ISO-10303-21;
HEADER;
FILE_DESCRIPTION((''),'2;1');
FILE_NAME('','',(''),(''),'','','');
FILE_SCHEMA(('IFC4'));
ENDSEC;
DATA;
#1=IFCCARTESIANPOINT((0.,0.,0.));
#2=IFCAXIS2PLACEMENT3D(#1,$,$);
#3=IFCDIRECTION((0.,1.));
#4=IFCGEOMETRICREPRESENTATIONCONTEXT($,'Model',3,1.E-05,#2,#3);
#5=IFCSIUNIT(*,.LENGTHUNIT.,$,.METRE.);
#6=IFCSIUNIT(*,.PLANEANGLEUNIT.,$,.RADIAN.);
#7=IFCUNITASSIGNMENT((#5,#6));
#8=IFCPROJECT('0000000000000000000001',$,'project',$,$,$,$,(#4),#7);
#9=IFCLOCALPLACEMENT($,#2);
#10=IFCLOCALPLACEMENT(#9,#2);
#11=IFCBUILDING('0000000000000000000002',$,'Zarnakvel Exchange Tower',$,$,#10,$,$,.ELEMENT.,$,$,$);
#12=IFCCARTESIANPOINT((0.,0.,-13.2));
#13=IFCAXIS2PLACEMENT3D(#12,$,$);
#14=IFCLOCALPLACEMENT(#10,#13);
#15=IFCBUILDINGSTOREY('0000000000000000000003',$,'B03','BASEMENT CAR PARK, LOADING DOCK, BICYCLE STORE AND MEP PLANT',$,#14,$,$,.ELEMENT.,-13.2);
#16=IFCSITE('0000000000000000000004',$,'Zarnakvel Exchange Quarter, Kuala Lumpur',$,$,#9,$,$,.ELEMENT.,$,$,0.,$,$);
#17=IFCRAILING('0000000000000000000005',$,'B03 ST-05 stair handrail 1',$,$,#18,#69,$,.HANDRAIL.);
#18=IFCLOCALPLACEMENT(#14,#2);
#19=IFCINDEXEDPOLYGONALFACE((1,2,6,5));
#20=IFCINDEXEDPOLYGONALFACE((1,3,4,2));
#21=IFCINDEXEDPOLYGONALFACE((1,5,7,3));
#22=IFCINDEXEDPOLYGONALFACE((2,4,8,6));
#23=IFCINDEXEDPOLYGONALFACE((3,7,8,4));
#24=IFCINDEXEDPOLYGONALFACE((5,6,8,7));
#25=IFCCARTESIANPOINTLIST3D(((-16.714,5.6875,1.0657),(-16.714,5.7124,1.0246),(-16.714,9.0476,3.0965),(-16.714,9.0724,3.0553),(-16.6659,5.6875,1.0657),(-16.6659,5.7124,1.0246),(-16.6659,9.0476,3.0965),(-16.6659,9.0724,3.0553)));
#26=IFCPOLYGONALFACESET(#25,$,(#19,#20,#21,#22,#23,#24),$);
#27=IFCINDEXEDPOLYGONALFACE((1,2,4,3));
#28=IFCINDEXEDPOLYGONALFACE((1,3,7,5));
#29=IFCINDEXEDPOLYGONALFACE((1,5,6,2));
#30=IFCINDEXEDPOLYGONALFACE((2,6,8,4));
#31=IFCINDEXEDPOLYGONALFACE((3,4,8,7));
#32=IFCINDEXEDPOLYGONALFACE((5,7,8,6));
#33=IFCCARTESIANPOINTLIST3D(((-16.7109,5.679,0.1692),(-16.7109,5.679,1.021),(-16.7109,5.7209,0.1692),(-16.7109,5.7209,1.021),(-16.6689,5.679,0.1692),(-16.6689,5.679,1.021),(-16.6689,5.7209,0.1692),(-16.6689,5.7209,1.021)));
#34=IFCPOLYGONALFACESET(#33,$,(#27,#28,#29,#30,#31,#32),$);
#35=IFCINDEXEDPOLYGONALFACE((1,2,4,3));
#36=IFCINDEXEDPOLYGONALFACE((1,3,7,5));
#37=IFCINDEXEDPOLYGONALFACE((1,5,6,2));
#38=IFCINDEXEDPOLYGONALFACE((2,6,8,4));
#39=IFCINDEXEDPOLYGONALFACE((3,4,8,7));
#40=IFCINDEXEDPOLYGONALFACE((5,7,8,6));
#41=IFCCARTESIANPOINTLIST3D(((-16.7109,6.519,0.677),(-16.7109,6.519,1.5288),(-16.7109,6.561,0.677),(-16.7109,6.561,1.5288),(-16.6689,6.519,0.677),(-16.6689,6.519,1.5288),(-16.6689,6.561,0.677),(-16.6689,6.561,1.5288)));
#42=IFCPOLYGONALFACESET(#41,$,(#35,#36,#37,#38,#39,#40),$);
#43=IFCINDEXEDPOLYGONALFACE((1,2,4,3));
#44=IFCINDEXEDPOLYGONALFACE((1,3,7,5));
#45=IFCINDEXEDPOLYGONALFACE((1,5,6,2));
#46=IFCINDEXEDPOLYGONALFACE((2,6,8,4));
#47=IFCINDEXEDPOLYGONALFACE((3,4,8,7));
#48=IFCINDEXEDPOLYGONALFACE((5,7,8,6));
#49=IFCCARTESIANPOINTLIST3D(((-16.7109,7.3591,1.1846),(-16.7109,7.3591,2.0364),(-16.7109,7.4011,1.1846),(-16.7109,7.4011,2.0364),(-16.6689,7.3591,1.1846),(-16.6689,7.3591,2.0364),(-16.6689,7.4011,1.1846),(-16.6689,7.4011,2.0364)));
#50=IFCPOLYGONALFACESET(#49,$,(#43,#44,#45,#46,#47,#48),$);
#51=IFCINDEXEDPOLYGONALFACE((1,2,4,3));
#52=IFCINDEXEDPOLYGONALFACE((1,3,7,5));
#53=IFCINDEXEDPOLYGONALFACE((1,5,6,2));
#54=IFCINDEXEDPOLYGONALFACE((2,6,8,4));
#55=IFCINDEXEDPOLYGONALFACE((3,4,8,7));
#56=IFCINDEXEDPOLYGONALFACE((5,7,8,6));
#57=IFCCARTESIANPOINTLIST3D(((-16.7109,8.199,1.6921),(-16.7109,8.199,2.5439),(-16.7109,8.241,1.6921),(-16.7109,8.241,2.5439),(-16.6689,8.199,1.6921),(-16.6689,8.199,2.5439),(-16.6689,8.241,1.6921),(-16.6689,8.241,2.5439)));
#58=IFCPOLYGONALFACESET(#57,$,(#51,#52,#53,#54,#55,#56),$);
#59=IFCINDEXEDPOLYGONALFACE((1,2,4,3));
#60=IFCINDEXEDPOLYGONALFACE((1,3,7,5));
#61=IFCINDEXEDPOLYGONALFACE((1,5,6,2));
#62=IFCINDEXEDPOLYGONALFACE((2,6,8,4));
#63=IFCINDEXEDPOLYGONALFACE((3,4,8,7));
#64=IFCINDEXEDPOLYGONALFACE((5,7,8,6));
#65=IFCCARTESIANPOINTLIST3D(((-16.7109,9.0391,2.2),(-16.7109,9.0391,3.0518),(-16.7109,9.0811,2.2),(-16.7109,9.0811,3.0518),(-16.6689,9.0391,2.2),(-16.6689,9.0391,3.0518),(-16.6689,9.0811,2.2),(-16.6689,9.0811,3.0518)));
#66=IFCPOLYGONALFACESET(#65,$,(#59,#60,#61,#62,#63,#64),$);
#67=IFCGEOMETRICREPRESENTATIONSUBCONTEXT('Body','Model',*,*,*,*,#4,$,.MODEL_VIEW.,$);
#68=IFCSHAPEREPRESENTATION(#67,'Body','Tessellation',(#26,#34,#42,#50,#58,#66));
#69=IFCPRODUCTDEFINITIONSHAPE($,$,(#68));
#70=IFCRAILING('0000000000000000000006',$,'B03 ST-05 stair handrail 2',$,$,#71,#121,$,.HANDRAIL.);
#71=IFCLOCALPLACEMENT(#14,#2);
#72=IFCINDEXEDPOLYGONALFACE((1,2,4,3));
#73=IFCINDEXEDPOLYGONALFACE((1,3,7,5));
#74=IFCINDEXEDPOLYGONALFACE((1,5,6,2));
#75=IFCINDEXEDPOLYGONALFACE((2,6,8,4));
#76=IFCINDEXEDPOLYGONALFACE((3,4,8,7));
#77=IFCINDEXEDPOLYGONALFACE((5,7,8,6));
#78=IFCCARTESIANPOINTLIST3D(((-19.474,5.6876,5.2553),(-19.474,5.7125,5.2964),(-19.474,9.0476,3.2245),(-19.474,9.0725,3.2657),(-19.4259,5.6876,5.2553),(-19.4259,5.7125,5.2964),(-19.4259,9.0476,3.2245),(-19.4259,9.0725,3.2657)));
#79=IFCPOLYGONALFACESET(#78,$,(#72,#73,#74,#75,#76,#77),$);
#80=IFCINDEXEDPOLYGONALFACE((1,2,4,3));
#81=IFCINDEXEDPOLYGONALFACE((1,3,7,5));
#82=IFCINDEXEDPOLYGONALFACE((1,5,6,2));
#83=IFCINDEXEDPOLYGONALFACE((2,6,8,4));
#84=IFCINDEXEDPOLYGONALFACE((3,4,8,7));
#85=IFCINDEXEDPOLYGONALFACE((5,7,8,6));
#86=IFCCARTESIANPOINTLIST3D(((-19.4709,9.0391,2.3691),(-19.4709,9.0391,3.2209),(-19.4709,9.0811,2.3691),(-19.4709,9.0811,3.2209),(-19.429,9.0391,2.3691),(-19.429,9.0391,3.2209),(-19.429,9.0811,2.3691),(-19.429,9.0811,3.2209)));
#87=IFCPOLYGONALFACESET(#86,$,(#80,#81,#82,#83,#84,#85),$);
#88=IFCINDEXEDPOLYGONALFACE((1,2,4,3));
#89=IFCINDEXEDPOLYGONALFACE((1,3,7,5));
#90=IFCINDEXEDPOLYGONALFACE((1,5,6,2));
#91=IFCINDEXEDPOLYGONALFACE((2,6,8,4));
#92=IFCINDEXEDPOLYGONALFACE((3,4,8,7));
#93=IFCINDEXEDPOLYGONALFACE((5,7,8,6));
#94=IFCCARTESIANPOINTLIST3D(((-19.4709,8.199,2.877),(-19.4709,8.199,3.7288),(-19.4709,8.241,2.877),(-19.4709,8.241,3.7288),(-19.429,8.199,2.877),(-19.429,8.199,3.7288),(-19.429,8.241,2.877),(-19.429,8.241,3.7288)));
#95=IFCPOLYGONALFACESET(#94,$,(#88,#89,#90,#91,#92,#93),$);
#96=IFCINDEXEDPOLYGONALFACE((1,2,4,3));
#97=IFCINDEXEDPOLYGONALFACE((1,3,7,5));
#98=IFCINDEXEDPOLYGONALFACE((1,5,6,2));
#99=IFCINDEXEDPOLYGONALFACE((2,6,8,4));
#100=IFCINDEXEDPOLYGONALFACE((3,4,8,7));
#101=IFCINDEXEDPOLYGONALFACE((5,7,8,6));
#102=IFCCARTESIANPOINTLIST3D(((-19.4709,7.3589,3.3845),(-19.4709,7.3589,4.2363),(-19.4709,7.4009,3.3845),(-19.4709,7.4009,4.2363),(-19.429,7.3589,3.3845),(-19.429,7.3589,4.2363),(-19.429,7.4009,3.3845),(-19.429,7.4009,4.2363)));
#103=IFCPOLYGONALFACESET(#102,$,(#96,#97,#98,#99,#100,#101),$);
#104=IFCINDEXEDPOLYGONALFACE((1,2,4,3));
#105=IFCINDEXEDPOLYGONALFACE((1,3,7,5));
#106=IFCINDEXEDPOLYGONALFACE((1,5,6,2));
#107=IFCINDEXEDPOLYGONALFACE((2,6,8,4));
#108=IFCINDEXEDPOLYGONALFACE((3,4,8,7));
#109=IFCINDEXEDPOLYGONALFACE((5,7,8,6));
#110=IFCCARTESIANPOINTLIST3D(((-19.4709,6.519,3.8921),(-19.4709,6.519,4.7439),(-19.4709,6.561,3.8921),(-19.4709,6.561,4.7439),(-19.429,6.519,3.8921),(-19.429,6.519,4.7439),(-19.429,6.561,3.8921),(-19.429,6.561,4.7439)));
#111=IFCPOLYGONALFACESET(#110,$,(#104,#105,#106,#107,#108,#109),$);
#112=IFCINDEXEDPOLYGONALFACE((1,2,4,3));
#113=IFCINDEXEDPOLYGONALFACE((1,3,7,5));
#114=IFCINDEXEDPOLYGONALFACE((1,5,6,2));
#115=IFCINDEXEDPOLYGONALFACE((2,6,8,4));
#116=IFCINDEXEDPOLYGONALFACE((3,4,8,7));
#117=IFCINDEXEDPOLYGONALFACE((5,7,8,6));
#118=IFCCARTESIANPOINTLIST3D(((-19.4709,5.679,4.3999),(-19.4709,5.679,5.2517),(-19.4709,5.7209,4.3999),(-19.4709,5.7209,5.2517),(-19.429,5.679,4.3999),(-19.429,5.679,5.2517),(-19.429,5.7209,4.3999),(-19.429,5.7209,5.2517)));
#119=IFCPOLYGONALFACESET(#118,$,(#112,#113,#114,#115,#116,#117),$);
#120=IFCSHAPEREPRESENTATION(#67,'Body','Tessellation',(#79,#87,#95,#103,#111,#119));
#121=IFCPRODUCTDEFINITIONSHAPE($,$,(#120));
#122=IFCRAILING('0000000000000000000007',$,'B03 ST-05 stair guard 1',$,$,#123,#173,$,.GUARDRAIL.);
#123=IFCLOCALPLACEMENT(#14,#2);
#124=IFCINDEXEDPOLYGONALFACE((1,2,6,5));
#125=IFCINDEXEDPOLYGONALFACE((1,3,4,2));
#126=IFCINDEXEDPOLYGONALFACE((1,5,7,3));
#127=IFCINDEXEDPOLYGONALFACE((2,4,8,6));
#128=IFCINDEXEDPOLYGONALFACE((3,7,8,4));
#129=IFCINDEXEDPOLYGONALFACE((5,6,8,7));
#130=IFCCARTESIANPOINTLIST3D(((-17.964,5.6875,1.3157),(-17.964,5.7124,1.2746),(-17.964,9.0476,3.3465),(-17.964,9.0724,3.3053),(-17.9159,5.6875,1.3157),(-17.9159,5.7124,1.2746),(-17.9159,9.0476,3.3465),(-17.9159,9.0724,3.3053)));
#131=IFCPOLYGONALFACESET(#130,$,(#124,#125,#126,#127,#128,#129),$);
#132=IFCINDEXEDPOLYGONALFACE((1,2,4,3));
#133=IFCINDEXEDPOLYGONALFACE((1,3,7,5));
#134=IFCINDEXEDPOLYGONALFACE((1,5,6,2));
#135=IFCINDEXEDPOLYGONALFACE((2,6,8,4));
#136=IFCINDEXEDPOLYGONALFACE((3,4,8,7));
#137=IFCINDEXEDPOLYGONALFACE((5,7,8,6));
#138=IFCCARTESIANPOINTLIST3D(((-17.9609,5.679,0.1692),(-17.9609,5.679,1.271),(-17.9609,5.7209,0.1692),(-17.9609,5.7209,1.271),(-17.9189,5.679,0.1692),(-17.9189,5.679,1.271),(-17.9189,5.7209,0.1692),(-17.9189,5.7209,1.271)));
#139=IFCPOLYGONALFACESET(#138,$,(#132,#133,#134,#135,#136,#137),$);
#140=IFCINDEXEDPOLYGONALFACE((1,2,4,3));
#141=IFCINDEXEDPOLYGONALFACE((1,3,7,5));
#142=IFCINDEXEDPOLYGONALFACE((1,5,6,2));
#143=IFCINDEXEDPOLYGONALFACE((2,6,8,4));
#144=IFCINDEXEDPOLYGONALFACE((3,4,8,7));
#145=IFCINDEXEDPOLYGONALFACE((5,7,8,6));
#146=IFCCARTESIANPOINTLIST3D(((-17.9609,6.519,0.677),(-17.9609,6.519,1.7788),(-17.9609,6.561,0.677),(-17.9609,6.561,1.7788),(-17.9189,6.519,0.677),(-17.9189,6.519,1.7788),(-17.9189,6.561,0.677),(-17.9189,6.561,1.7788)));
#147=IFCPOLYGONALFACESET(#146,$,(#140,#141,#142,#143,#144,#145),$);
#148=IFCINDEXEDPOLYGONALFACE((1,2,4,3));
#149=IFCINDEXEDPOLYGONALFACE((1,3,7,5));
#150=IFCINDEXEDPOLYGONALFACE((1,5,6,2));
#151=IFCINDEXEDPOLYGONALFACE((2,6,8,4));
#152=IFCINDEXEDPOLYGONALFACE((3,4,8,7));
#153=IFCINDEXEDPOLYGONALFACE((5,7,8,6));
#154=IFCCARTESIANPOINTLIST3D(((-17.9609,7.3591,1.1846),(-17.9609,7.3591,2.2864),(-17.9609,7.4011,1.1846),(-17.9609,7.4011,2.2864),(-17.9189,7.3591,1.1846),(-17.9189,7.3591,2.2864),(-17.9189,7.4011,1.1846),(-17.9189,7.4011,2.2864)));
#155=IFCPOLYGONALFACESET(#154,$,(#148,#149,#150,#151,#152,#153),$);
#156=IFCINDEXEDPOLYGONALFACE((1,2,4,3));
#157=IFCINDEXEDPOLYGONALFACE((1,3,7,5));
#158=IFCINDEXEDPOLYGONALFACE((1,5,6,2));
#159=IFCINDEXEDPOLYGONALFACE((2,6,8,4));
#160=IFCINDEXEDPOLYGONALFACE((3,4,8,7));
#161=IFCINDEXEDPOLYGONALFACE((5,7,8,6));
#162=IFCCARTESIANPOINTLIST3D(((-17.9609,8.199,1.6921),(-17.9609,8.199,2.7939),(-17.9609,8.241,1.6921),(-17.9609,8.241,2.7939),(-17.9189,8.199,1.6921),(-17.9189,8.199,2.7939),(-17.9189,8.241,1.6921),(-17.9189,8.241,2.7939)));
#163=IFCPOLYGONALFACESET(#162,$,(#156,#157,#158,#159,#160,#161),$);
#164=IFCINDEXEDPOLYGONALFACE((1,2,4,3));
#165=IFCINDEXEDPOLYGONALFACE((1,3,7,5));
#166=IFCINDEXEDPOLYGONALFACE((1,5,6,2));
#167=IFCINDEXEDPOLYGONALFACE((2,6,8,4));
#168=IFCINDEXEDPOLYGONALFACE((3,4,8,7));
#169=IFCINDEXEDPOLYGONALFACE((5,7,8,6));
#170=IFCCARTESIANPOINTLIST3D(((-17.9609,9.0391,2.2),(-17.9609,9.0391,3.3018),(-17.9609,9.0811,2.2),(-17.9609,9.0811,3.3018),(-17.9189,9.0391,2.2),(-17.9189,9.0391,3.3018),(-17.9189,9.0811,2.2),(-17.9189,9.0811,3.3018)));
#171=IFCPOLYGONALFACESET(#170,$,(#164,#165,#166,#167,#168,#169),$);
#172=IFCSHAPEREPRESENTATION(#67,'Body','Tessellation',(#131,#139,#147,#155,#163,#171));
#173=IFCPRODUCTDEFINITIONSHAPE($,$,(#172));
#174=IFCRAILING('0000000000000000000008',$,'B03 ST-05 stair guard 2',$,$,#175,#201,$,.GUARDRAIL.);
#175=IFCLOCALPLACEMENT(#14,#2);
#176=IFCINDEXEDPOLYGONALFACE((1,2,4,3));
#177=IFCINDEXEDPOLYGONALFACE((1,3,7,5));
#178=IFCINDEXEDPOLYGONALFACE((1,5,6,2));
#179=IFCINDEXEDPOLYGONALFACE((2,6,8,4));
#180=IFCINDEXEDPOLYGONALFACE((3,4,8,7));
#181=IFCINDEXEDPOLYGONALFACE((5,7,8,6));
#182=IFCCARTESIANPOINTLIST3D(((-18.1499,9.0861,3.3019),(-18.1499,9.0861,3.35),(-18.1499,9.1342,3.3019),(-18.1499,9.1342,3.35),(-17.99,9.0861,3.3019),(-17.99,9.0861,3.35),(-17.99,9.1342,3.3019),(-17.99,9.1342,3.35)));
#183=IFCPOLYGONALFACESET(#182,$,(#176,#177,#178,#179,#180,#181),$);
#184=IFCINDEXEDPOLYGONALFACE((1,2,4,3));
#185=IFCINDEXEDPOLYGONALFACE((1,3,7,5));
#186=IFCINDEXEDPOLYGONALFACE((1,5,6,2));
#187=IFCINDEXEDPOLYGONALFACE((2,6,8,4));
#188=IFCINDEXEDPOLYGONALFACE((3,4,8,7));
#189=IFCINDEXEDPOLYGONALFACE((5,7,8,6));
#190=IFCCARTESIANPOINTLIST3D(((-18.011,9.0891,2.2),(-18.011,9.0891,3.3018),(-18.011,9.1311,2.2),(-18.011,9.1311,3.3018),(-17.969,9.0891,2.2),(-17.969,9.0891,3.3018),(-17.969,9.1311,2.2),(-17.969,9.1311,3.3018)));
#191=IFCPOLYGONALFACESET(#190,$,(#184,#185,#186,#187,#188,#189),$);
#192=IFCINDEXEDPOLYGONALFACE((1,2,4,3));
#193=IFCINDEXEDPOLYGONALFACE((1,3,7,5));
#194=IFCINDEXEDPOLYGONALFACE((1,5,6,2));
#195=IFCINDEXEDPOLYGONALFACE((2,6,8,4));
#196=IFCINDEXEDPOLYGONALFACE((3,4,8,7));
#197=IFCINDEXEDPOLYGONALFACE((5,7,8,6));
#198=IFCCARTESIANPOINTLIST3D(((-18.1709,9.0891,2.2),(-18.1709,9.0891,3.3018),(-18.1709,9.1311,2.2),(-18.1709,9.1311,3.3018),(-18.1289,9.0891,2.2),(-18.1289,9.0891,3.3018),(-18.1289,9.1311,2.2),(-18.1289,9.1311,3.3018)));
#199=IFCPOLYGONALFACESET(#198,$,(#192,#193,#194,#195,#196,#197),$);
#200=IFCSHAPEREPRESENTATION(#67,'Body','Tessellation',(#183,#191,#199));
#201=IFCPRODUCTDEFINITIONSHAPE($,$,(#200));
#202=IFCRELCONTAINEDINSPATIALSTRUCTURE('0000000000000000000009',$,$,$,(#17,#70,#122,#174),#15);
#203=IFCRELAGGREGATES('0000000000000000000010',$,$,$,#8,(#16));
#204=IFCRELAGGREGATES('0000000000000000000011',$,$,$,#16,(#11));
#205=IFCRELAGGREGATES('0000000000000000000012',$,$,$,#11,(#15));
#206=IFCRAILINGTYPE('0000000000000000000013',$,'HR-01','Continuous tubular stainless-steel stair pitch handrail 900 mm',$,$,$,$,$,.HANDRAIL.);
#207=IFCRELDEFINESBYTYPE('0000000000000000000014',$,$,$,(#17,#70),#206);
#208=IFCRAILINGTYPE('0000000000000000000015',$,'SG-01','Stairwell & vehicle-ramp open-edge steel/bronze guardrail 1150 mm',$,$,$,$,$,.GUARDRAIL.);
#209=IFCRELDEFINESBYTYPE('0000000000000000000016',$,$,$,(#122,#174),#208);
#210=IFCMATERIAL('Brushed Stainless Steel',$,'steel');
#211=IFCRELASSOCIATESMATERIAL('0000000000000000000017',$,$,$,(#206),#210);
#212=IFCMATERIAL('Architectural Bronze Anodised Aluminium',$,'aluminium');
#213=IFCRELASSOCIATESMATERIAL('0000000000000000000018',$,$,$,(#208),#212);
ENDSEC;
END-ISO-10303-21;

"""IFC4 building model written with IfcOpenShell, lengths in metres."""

from ifc_helpers import new_model, si_unit, direction, frame, origin, origin_2d, place, context, subcontext, project, spatial, rectangle, extrude, material, type_object, element, save


model = new_model("IFC4")

# Units and contexts
model_context = context("Model", 3, precision=1e-05, world=origin(), true_north=direction((0.0, 1.0)))
body_context = subcontext(model_context, "Body", "Model", "MODEL_VIEW")
ifc_project = project(units=[si_unit("LENGTHUNIT", "METRE"), si_unit("PLANEANGLEUNIT", "RADIAN")], contexts=[model_context])

# Site, building, storey
site_placement = place(None, origin())
site = spatial("IfcSite", under=ifc_project, at=site_placement, Name="Zarnakvel Exchange Quarter, Kuala Lumpur", CompositionType="ELEMENT", RefElevation=0.0)
building_placement = place(site_placement, origin())
building = spatial("IfcBuilding", under=site, at=building_placement, Name="Zarnakvel Exchange Tower", CompositionType="ELEMENT")
storey_placement = place(building_placement, frame((0.0, 0.0, -13.2)))
storey = spatial("IfcBuildingStorey", under=building, at=storey_placement, Name="B03", Description="BASEMENT CAR PARK, LOADING DOCK, BICYCLE STORE AND MEP PLANT", CompositionType="ELEMENT", Elevation=-13.2)

# Railings
ifc_material_1 = material(Name="Brushed Stainless Steel", Category="steel")
railing_type_1 = type_object("IfcRailingType", Name="HR-01", Description="Continuous tubular stainless-steel stair pitch handrail 900 mm", PredefinedType="HANDRAIL", material=ifc_material_1)
railing_1_placement = place(storey_placement, frame((-16.6899, 5.7, 0.1692)))
element("IfcRailing", 1, at=railing_1_placement, inside=storey, type_object=railing_type_1, Name="B03 ST-05 stair handrail 1", PredefinedType="HANDRAIL", context=body_context, shape_type="SweptSolid", body=[
    extrude(rectangle(XDim=0.0481, YDim=0.0481, at=origin_2d()), frame((0.0, 0.0, 0.876), z_axis=(0.0, 0.855837, 0.517246), x_axis=(-1.0, 0.0, 0.0)), (0.0, 0.0, 1.0), 3.926),
    extrude(rectangle(XDim=0.042, YDim=0.042, at=origin_2d()), origin(), (0.0, 0.0, 1.0), 0.8518),
    extrude(rectangle(XDim=0.042, YDim=0.042, at=origin_2d()), frame((0.0, 0.8401, 0.5078)), (0.0, 0.0, 1.0), 0.8518),
    extrude(rectangle(XDim=0.042, YDim=0.042, at=origin_2d()), frame((0.0, 1.6802, 1.0154)), (0.0, 0.0, 1.0), 0.8518),
    extrude(rectangle(XDim=0.042, YDim=0.042, at=origin_2d()), frame((0.0, 2.52, 1.5229)), (0.0, 0.0, 1.0), 0.8518),
    extrude(rectangle(XDim=0.042, YDim=0.042, at=origin_2d()), frame((0.0, 3.3601, 2.0308)), (0.0, 0.0, 1.0), 0.8518),
])
railing_2_placement = place(storey_placement, frame((-19.45, 9.0601, 2.3691)))
element("IfcRailing", 2, at=railing_2_placement, inside=storey, type_object=railing_type_1, Name="B03 ST-05 stair handrail 2", PredefinedType="HANDRAIL", context=body_context, shape_type="SweptSolid", body=[
    extrude(rectangle(XDim=0.0481, YDim=0.0481, at=origin_2d()), frame((0.0, 0.0, 0.876), z_axis=(0.0, -0.855837, 0.517246), x_axis=(1.0, 0.0, 0.0)), (0.0, 0.0, 1.0), 3.926),
    extrude(rectangle(XDim=0.042, YDim=0.042, at=origin_2d()), origin(), (0.0, 0.0, 1.0), 0.8518),
    extrude(rectangle(XDim=0.042, YDim=0.042, at=origin_2d()), frame((0.0, -0.8401, 0.5078)), (0.0, 0.0, 1.0), 0.8518),
    extrude(rectangle(XDim=0.042, YDim=0.042, at=origin_2d()), frame((0.0, -1.6802, 1.0154)), (0.0, 0.0, 1.0), 0.8518),
    extrude(rectangle(XDim=0.042, YDim=0.042, at=origin_2d()), frame((0.0, -2.52, 1.5229)), (0.0, 0.0, 1.0), 0.8518),
    extrude(rectangle(XDim=0.042, YDim=0.042, at=origin_2d()), frame((0.0, -3.3601, 2.0308)), (0.0, 0.0, 1.0), 0.8518),
])
ifc_material_2 = material(Name="Architectural Bronze Anodised Aluminium", Category="aluminium")
railing_type_2 = type_object("IfcRailingType", Name="SG-01", Description="Stairwell & vehicle-ramp open-edge steel/bronze guardrail 1150 mm", PredefinedType="GUARDRAIL", material=ifc_material_2)
railing_3_placement = place(storey_placement, frame((-17.9399, 5.7, 0.1692)))
element("IfcRailing", 3, at=railing_3_placement, inside=storey, type_object=railing_type_2, Name="B03 ST-05 stair guard 1", PredefinedType="GUARDRAIL", context=body_context, shape_type="SweptSolid", body=[
    extrude(rectangle(XDim=0.0481, YDim=0.0481, at=origin_2d()), frame((0.0, 0.0, 1.126), z_axis=(0.0, 0.855837, 0.517246), x_axis=(-1.0, 0.0, 0.0)), (0.0, 0.0, 1.0), 3.926),
    extrude(rectangle(XDim=0.042, YDim=0.042, at=origin_2d()), origin(), (0.0, 0.0, 1.0), 1.1018),
    extrude(rectangle(XDim=0.042, YDim=0.042, at=origin_2d()), frame((0.0, 0.8401, 0.5078)), (0.0, 0.0, 1.0), 1.1018),
    extrude(rectangle(XDim=0.042, YDim=0.042, at=origin_2d()), frame((0.0, 1.6802, 1.0154)), (0.0, 0.0, 1.0), 1.1018),
    extrude(rectangle(XDim=0.042, YDim=0.042, at=origin_2d()), frame((0.0, 2.52, 1.5229)), (0.0, 0.0, 1.0), 1.1018),
    extrude(rectangle(XDim=0.042, YDim=0.042, at=origin_2d()), frame((0.0, 3.3601, 2.0308)), (0.0, 0.0, 1.0), 1.1018),
])
railing_4_placement = place(storey_placement, frame((-17.99, 9.1101, 2.2)))
element("IfcRailing", 4, at=railing_4_placement, inside=storey, type_object=railing_type_2, Name="B03 ST-05 stair guard 2", PredefinedType="GUARDRAIL", context=body_context, shape_type="SweptSolid", body=[
    extrude(rectangle(XDim=0.0481, YDim=0.0481, at=origin_2d()), frame((0.0, 0.0, 1.126), z_axis=(-1.0, 0.0, 0.0), x_axis=(0.0, -1.0, 0.0)), (0.0, 0.0, 1.0), 0.1599),
    extrude(rectangle(XDim=0.042, YDim=0.042, at=origin_2d()), origin(), (0.0, 0.0, 1.0), 1.1018),
    extrude(rectangle(XDim=0.042, YDim=0.042, at=origin_2d()), frame((-0.1599, 0.0, 0.0)), (0.0, 0.0, 1.0), 1.1018),
])

save(model, "model.ifc")
